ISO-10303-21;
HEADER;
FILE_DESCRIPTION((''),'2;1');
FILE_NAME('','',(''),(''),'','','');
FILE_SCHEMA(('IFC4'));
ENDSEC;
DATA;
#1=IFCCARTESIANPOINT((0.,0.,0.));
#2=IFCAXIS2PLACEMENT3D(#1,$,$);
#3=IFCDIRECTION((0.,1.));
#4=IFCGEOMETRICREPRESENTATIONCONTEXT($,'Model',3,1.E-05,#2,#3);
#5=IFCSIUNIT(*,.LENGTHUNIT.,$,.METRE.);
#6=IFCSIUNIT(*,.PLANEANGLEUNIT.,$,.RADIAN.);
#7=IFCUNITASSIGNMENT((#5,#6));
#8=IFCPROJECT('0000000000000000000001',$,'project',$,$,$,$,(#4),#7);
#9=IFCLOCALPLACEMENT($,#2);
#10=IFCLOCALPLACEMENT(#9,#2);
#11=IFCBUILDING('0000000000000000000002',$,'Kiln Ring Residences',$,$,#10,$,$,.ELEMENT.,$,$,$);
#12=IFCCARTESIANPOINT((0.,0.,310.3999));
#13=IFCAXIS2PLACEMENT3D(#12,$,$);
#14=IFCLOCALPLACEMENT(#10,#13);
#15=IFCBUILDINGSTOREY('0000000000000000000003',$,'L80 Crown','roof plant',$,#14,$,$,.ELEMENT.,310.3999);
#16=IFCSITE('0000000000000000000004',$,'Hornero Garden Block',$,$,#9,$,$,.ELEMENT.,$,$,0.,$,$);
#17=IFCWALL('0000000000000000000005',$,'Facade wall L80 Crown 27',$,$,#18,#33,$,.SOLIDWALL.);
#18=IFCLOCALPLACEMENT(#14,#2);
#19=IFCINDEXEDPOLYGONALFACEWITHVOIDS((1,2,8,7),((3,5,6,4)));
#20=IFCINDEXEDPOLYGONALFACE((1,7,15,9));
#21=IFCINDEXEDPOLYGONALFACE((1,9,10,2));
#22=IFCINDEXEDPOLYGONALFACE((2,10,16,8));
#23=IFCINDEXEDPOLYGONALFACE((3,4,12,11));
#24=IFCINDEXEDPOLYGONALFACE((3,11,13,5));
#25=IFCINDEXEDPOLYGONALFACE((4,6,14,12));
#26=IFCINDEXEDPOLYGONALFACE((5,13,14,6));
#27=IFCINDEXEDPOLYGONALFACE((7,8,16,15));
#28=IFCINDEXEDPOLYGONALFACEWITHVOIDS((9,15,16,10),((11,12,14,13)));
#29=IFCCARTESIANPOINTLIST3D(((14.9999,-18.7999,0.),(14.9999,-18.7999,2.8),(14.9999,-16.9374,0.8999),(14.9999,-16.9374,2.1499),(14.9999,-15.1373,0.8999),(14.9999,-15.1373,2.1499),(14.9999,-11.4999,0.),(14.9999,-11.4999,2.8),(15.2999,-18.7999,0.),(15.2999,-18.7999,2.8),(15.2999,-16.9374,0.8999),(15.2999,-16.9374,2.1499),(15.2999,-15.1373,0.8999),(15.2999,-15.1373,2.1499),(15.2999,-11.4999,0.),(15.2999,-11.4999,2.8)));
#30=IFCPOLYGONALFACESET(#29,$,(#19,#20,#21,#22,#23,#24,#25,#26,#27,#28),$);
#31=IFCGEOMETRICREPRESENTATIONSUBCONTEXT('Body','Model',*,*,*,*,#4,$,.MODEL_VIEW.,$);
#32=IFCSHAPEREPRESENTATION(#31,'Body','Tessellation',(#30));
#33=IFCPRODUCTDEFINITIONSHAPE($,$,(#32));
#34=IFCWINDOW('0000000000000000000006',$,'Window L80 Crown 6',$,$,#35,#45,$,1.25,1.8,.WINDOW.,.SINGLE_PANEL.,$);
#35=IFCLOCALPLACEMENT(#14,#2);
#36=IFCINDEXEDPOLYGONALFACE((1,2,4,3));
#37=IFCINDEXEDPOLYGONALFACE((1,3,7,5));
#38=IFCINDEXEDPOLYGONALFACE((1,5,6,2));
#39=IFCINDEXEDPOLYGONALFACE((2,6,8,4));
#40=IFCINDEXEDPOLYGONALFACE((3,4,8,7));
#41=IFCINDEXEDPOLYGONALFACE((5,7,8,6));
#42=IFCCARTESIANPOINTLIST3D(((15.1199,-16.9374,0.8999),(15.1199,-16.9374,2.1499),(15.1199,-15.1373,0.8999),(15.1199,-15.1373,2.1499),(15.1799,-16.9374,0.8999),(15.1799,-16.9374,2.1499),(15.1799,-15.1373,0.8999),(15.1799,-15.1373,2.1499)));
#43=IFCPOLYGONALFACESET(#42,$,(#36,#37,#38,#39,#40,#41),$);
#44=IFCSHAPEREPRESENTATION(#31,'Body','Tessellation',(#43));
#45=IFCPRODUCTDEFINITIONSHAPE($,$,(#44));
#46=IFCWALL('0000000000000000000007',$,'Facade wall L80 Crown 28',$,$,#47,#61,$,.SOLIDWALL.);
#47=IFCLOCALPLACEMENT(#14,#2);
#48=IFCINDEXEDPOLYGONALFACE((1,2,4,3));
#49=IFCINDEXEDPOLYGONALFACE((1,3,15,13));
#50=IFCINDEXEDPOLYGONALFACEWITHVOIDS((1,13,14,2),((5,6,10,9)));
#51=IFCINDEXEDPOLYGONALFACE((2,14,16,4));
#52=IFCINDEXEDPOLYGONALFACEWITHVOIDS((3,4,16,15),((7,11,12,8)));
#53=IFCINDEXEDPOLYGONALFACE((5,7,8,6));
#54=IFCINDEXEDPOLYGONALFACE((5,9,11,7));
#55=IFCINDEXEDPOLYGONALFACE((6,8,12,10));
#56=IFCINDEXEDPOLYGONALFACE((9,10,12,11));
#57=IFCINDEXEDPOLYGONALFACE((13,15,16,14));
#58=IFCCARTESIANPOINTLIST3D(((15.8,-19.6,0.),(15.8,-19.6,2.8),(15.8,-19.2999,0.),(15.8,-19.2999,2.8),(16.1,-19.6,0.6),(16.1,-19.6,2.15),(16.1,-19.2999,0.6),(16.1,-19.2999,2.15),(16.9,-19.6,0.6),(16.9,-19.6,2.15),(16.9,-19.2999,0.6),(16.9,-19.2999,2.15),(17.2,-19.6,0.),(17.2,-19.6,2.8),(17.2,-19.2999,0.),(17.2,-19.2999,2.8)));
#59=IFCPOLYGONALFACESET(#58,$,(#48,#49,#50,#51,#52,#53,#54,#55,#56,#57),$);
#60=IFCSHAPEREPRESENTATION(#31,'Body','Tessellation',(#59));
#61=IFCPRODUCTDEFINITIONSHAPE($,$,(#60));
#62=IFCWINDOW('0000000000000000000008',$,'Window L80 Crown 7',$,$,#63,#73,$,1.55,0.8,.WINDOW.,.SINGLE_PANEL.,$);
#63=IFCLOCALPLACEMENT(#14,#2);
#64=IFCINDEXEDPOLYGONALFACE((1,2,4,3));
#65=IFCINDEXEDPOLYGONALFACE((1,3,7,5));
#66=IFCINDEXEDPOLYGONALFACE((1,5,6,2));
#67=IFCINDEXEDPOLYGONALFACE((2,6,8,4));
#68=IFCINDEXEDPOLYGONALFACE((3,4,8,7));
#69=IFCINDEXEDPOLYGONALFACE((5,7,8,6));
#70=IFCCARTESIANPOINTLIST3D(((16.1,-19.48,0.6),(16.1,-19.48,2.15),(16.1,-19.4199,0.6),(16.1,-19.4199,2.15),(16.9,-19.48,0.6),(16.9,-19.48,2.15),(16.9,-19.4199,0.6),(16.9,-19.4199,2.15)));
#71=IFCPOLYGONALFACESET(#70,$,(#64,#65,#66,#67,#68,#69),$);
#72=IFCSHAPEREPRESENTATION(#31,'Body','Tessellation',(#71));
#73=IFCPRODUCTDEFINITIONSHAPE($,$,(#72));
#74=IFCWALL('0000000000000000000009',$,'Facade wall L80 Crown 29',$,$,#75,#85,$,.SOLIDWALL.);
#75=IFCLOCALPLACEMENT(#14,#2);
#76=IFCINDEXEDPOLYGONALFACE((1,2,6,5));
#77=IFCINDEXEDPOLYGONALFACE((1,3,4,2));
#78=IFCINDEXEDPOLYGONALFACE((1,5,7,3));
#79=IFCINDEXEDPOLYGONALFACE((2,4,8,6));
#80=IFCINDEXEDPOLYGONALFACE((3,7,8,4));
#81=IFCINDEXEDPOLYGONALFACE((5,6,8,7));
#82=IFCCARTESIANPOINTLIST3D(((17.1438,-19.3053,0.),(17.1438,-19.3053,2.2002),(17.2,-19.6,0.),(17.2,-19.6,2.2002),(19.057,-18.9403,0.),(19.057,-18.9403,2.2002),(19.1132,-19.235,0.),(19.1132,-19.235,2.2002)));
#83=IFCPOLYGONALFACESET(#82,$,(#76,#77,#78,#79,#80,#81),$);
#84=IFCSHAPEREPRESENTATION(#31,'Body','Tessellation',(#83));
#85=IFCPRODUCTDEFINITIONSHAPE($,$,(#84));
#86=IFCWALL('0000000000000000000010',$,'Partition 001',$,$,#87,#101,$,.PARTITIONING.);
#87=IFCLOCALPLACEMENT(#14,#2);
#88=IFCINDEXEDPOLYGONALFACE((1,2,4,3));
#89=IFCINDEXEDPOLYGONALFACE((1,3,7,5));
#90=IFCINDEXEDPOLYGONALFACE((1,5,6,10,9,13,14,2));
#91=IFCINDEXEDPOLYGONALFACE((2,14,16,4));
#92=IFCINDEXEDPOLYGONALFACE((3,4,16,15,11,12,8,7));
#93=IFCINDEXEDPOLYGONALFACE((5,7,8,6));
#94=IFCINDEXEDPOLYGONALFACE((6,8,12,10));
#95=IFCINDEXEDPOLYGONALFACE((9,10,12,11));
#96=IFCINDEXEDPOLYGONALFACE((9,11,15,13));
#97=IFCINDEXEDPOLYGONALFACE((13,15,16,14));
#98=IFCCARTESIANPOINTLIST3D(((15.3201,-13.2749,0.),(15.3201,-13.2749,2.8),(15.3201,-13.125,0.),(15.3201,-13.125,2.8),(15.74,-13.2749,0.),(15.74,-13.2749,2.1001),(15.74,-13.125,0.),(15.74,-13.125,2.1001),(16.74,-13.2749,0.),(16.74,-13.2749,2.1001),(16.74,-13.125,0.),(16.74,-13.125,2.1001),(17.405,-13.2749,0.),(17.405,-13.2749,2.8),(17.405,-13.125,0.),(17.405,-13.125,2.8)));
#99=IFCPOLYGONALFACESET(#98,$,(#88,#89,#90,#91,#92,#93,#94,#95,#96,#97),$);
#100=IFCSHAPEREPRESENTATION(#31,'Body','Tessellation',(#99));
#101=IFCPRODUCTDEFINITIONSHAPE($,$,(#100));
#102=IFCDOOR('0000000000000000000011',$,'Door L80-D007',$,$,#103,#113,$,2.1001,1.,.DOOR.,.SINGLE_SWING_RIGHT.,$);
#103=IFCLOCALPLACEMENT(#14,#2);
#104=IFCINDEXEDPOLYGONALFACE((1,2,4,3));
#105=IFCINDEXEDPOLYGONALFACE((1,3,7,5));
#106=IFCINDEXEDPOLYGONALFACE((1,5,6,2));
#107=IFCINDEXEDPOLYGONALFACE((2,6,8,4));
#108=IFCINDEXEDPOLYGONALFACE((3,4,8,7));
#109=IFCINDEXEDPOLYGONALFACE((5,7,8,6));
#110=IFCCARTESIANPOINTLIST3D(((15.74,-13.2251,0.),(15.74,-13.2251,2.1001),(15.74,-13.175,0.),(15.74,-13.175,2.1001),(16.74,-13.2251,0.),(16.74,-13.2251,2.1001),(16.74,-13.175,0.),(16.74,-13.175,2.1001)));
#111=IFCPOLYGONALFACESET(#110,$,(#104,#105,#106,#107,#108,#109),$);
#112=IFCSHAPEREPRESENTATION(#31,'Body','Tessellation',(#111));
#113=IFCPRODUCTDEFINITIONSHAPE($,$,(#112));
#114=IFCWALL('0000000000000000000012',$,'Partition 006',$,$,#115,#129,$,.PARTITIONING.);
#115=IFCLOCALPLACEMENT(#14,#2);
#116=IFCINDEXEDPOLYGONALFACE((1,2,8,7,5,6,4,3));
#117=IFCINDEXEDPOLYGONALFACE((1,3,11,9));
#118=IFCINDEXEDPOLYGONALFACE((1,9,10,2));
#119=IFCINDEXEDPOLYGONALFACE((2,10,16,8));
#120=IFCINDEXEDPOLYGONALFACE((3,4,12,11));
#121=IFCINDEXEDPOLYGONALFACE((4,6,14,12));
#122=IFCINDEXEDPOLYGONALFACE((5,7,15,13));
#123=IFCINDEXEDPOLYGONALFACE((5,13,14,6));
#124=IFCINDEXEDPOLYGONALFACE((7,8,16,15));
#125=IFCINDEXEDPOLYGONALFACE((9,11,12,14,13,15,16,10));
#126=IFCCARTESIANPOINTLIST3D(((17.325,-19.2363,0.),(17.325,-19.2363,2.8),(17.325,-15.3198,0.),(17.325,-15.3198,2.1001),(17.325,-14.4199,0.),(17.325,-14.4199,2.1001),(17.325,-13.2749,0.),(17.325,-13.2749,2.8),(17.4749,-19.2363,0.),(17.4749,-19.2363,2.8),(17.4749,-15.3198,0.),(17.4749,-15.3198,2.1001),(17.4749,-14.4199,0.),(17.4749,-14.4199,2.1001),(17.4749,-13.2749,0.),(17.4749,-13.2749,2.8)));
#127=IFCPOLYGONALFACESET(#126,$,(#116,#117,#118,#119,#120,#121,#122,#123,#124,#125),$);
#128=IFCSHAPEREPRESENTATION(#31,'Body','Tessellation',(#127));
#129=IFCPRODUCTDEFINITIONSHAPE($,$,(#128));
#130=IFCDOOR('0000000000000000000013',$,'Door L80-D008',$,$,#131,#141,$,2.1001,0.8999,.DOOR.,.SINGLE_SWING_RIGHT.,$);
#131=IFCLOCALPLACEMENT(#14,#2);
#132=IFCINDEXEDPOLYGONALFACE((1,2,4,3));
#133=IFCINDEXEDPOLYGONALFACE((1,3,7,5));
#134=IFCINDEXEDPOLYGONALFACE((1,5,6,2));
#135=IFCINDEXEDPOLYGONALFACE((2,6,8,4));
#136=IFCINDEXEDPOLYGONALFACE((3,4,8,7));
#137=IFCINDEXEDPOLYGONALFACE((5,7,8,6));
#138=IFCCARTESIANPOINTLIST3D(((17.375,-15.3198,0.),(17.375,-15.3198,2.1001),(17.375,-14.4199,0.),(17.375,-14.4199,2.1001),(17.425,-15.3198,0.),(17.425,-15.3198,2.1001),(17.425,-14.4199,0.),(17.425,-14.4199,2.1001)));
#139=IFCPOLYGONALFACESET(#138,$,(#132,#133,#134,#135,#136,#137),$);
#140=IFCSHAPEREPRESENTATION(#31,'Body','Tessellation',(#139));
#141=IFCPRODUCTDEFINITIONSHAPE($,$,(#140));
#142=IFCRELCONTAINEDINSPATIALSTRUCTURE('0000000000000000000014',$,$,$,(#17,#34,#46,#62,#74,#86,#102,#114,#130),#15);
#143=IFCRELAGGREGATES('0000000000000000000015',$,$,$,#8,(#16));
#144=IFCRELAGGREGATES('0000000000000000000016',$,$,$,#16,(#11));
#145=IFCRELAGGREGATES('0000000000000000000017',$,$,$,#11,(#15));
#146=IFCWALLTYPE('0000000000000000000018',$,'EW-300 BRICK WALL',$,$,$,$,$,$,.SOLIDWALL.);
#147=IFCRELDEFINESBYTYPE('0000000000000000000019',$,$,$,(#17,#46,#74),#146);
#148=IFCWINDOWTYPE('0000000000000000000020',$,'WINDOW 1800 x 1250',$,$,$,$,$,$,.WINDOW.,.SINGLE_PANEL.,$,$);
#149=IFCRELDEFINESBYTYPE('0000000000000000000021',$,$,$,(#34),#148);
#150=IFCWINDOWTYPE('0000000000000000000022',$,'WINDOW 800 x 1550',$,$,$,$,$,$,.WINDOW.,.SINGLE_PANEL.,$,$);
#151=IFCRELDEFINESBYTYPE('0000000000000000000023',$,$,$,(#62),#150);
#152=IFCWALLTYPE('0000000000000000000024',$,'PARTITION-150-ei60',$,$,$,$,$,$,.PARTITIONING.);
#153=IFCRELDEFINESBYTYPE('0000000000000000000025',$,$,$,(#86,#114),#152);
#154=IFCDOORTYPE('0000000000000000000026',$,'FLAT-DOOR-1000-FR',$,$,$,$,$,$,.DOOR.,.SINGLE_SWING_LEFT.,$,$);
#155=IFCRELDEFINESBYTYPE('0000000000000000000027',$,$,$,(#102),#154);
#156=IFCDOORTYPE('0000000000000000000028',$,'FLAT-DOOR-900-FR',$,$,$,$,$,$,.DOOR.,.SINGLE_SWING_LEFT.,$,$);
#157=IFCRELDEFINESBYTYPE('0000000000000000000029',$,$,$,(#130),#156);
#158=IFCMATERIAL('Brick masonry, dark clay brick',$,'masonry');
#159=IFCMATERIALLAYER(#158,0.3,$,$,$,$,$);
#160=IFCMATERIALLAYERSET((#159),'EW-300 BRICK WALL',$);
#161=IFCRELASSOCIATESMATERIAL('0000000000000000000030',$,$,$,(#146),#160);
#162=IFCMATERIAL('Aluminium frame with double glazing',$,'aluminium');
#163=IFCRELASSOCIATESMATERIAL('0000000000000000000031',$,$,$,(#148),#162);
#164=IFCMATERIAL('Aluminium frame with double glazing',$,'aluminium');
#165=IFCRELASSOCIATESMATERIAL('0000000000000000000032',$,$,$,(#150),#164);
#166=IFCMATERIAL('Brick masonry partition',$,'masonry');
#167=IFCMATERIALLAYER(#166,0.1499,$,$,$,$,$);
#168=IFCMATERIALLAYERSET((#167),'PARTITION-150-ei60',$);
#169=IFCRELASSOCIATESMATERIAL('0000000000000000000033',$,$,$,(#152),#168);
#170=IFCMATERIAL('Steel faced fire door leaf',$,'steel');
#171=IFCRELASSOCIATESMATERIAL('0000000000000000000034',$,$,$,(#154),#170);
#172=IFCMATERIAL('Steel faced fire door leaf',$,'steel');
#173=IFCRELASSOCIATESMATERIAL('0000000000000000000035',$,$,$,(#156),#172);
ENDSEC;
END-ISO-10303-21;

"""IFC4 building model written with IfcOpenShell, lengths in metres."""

from ifc_helpers import new_model, si_unit, direction, frame, frame_2d, origin, place, context, subcontext, project, spatial, rectangle, extrude, material, layer, layer_set, type_object, element, fill, save


model = new_model("IFC4")

# Units and contexts
model_context = context("Model", 3, precision=1e-05, world=origin(), true_north=direction((0.0, 1.0)))
body_context = subcontext(model_context, "Body", "Model", "MODEL_VIEW")
ifc_project = project(units=[si_unit("LENGTHUNIT", "METRE"), si_unit("PLANEANGLEUNIT", "RADIAN")], contexts=[model_context])

# Site, building, storey
site_placement = place(None, origin())
site = spatial("IfcSite", under=ifc_project, at=site_placement, Name="Hornero Garden Block", CompositionType="ELEMENT", RefElevation=0.0)
building_placement = place(site_placement, origin())
building = spatial("IfcBuilding", under=site, at=building_placement, Name="Kiln Ring Residences", CompositionType="ELEMENT")
storey_placement = place(building_placement, frame((0.0, 0.0, 310.3999)))
storey = spatial("IfcBuildingStorey", under=building, at=storey_placement, Name="L80 Crown", Description="roof plant", CompositionType="ELEMENT", Elevation=310.3999)

# Walls, openings, windows
ifc_material_1 = material(Name="Brick masonry, dark clay brick", Category="masonry")
ifc_layer_1 = layer(ifc_material_1, 0.3)
ifc_layer_set_1 = layer_set([ifc_layer_1], Name="EW-300 BRICK WALL")
wall_type_1 = type_object("IfcWallType", Name="EW-300 BRICK WALL", PredefinedType="SOLIDWALL", material=ifc_layer_set_1)
wall_1_placement = place(storey_placement, frame((15.1499, -11.5, 0.0), z_axis=(0.0, 0.0, 1.0), x_axis=(0.0, -1.0, 0.0)))
wall_1 = element("IfcWall", 1, at=wall_1_placement, inside=storey, type_object=wall_type_1, Name="Facade wall L80 Crown 27", PredefinedType="SOLIDWALL", context=body_context, shape_type="SweptSolid", body=[
    extrude(rectangle(XDim=7.3, YDim=0.3, at=frame_2d((3.6499, 0.0))), origin(), (0.0, 0.0, 1.0), 2.8),
])
opening_1_placement = place(wall_1_placement, frame((3.6375, 0.0, 0.8999)))
opening_1 = element("IfcOpeningElement", 2, at=opening_1_placement, cuts=wall_1, PredefinedType="OPENING", context=body_context, shape_type="SweptSolid", body=[
    extrude(rectangle(XDim=1.8, YDim=1.25, at=frame_2d((0.8999, 0.625))), frame((0.0, 0.1599, 0.0), z_axis=(0.0, -1.0, 0.0), x_axis=(1.0, 0.0, 0.0)), (0.0, 0.0, 1.0), 0.3201),
])
ifc_material_2 = material(Name="Aluminium frame with double glazing", Category="aluminium")
window_type_1 = type_object("IfcWindowType", Name="WINDOW 1800 x 1250", PartitioningType="SINGLE_PANEL", PredefinedType="WINDOW", material=ifc_material_2)
window_1_placement = place(opening_1_placement, origin())
window_1 = element("IfcWindow", 3, at=window_1_placement, inside=storey, type_object=window_type_1, Name="Window L80 Crown 6", OverallHeight=1.25, OverallWidth=1.8, PartitioningType="SINGLE_PANEL", PredefinedType="WINDOW", context=body_context, shape_type="SweptSolid", body=[
    extrude(rectangle(XDim=1.8, YDim=1.25, at=frame_2d((0.8999, 0.625))), frame((0.0, 0.03, 0.0), z_axis=(0.0, -1.0, 0.0), x_axis=(1.0, 0.0, 0.0)), (0.0, 0.0, 1.0), 0.0601),
])
fill(opening_1, window_1)
wall_2_placement = place(storey_placement, frame((15.8, -19.45, 0.0), z_axis=(0.0, 0.0, 1.0), x_axis=(1.0, 0.0, 0.0)))
wall_2 = element("IfcWall", 4, at=wall_2_placement, inside=storey, type_object=wall_type_1, Name="Facade wall L80 Crown 28", PredefinedType="SOLIDWALL", context=body_context, shape_type="SweptSolid", body=[
    extrude(rectangle(XDim=1.3999, YDim=0.3, at=frame_2d((0.7, 0.0))), origin(), (0.0, 0.0, 1.0), 2.8),
])
opening_2_placement = place(wall_2_placement, frame((0.3, 0.0, 0.6001)))
opening_2 = element("IfcOpeningElement", 5, at=opening_2_placement, cuts=wall_2, PredefinedType="OPENING", context=body_context, shape_type="SweptSolid", body=[
    extrude(rectangle(XDim=0.8, YDim=1.55, at=frame_2d((0.3999, 0.7749))), frame((0.0, 0.1599, 0.0), z_axis=(0.0, -1.0, 0.0), x_axis=(1.0, 0.0, 0.0)), (0.0, 0.0, 1.0), 0.3201),
])
ifc_material_3 = material(Name="Aluminium frame with double glazing", Category="aluminium")
window_type_2 = type_object("IfcWindowType", Name="WINDOW 800 x 1550", PartitioningType="SINGLE_PANEL", PredefinedType="WINDOW", material=ifc_material_3)
window_2_placement = place(opening_2_placement, origin())
window_2 = element("IfcWindow", 6, at=window_2_placement, inside=storey, type_object=window_type_2, Name="Window L80 Crown 7", OverallHeight=1.55, OverallWidth=0.8, PartitioningType="SINGLE_PANEL", PredefinedType="WINDOW", context=body_context, shape_type="SweptSolid", body=[
    extrude(rectangle(XDim=0.8, YDim=1.55, at=frame_2d((0.3999, 0.7749))), frame((0.0, 0.03, 0.0), z_axis=(0.0, -1.0, 0.0), x_axis=(1.0, 0.0, 0.0)), (0.0, 0.0, 1.0), 0.0601),
])
fill(opening_2, window_2)

# Wall
wall_3_placement = place(storey_placement, frame((17.1719, -19.4526, 0.0), z_axis=(0.0, 0.0, 1.0), x_axis=(0.982287, 0.187383, 0.0)))
element("IfcWall", 7, at=wall_3_placement, inside=storey, type_object=wall_type_1, Name="Facade wall L80 Crown 29", PredefinedType="SOLIDWALL", context=body_context, shape_type="SweptSolid", body=[
    extrude(rectangle(XDim=1.9478, YDim=0.3, at=frame_2d((0.9739, 0.0))), origin(), (0.0, 0.0, 1.0), 2.2002),
])

# Walls, openings, doors
ifc_material_4 = material(Name="Brick masonry partition", Category="masonry")
ifc_layer_2 = layer(ifc_material_4, 0.1499)
ifc_layer_set_2 = layer_set([ifc_layer_2], Name="PARTITION-150-ei60")
wall_type_2 = type_object("IfcWallType", Name="PARTITION-150-ei60", PredefinedType="PARTITIONING", material=ifc_layer_set_2)
wall_4_placement = place(storey_placement, frame((15.3201, -13.2, 0.0), z_axis=(0.0, 0.0, 1.0), x_axis=(1.0, 0.0, 0.0)))
wall_4 = element("IfcWall", 8, at=wall_4_placement, inside=storey, type_object=wall_type_2, Name="Partition 001", PredefinedType="PARTITIONING", context=body_context, shape_type="SweptSolid", body=[
    extrude(rectangle(XDim=2.085, YDim=0.1499, at=frame_2d((1.0425, 0.0))), origin(), (0.0, 0.0, 1.0), 2.8),
])
opening_3_placement = place(wall_4_placement, frame((0.4199, 0.0, 0.0)))
opening_3 = element("IfcOpeningElement", 9, at=opening_3_placement, cuts=wall_4, PredefinedType="OPENING", context=body_context, shape_type="SweptSolid", body=[
    extrude(rectangle(XDim=1.0, YDim=2.1001, at=frame_2d((0.5, 1.05))), frame((0.0, 0.085, 0.0), z_axis=(0.0, -1.0, 0.0), x_axis=(1.0, 0.0, 0.0)), (0.0, 0.0, 1.0), 0.1699),
])
ifc_material_5 = material(Name="Steel faced fire door leaf", Category="steel")
door_type_1 = type_object("IfcDoorType", Name="FLAT-DOOR-1000-FR", OperationType="SINGLE_SWING_LEFT", PredefinedType="DOOR", material=ifc_material_5)
door_1_placement = place(opening_3_placement, origin())
door_1 = element("IfcDoor", 10, at=door_1_placement, inside=storey, type_object=door_type_1, Name="Door L80-D007", OperationType="SINGLE_SWING_RIGHT", OverallHeight=2.1001, OverallWidth=1.0, PredefinedType="DOOR", context=body_context, shape_type="SweptSolid", body=[
    extrude(rectangle(XDim=1.0, YDim=2.1001, at=frame_2d((0.5, 1.05))), frame((0.0, 0.0249, 0.0), z_axis=(0.0, -1.0, 0.0), x_axis=(1.0, 0.0, 0.0)), (0.0, 0.0, 1.0), 0.05),
])
fill(opening_3, door_1)
wall_5_placement = place(storey_placement, frame((17.3999, -19.2363, 0.0), z_axis=(0.0, 0.0, 1.0), x_axis=(0.0, 1.0, 0.0)))
wall_5 = element("IfcWall", 11, at=wall_5_placement, inside=storey, type_object=wall_type_2, Name="Partition 006", PredefinedType="PARTITIONING", context=body_context, shape_type="SweptSolid", body=[
    extrude(rectangle(XDim=5.9614, YDim=0.1499, at=frame_2d((2.9807, 0.0))), origin(), (0.0, 0.0, 1.0), 2.8),
])
opening_4_placement = place(wall_5_placement, frame((3.9165, 0.0, 0.0)))
opening_4 = element("IfcOpeningElement", 12, at=opening_4_placement, cuts=wall_5, PredefinedType="OPENING", context=body_context, shape_type="SweptSolid", body=[
    extrude(rectangle(XDim=0.8999, YDim=2.1001, at=frame_2d((0.45, 1.05))), frame((0.0, 0.085, 0.0), z_axis=(0.0, -1.0, 0.0), x_axis=(1.0, 0.0, 0.0)), (0.0, 0.0, 1.0), 0.1699),
])
ifc_material_6 = material(Name="Steel faced fire door leaf", Category="steel")
door_type_2 = type_object("IfcDoorType", Name="FLAT-DOOR-900-FR", OperationType="SINGLE_SWING_LEFT", PredefinedType="DOOR", material=ifc_material_6)
door_2_placement = place(opening_4_placement, origin())
door_2 = element("IfcDoor", 13, at=door_2_placement, inside=storey, type_object=door_type_2, Name="Door L80-D008", OperationType="SINGLE_SWING_RIGHT", OverallHeight=2.1001, OverallWidth=0.8999, PredefinedType="DOOR", context=body_context, shape_type="SweptSolid", body=[
    extrude(rectangle(XDim=0.8999, YDim=2.1001, at=frame_2d((0.45, 1.05))), frame((0.0, 0.0249, 0.0), z_axis=(0.0, -1.0, 0.0), x_axis=(1.0, 0.0, 0.0)), (0.0, 0.0, 1.0), 0.05),
])
fill(opening_4, door_2)

save(model, "model.ifc")
